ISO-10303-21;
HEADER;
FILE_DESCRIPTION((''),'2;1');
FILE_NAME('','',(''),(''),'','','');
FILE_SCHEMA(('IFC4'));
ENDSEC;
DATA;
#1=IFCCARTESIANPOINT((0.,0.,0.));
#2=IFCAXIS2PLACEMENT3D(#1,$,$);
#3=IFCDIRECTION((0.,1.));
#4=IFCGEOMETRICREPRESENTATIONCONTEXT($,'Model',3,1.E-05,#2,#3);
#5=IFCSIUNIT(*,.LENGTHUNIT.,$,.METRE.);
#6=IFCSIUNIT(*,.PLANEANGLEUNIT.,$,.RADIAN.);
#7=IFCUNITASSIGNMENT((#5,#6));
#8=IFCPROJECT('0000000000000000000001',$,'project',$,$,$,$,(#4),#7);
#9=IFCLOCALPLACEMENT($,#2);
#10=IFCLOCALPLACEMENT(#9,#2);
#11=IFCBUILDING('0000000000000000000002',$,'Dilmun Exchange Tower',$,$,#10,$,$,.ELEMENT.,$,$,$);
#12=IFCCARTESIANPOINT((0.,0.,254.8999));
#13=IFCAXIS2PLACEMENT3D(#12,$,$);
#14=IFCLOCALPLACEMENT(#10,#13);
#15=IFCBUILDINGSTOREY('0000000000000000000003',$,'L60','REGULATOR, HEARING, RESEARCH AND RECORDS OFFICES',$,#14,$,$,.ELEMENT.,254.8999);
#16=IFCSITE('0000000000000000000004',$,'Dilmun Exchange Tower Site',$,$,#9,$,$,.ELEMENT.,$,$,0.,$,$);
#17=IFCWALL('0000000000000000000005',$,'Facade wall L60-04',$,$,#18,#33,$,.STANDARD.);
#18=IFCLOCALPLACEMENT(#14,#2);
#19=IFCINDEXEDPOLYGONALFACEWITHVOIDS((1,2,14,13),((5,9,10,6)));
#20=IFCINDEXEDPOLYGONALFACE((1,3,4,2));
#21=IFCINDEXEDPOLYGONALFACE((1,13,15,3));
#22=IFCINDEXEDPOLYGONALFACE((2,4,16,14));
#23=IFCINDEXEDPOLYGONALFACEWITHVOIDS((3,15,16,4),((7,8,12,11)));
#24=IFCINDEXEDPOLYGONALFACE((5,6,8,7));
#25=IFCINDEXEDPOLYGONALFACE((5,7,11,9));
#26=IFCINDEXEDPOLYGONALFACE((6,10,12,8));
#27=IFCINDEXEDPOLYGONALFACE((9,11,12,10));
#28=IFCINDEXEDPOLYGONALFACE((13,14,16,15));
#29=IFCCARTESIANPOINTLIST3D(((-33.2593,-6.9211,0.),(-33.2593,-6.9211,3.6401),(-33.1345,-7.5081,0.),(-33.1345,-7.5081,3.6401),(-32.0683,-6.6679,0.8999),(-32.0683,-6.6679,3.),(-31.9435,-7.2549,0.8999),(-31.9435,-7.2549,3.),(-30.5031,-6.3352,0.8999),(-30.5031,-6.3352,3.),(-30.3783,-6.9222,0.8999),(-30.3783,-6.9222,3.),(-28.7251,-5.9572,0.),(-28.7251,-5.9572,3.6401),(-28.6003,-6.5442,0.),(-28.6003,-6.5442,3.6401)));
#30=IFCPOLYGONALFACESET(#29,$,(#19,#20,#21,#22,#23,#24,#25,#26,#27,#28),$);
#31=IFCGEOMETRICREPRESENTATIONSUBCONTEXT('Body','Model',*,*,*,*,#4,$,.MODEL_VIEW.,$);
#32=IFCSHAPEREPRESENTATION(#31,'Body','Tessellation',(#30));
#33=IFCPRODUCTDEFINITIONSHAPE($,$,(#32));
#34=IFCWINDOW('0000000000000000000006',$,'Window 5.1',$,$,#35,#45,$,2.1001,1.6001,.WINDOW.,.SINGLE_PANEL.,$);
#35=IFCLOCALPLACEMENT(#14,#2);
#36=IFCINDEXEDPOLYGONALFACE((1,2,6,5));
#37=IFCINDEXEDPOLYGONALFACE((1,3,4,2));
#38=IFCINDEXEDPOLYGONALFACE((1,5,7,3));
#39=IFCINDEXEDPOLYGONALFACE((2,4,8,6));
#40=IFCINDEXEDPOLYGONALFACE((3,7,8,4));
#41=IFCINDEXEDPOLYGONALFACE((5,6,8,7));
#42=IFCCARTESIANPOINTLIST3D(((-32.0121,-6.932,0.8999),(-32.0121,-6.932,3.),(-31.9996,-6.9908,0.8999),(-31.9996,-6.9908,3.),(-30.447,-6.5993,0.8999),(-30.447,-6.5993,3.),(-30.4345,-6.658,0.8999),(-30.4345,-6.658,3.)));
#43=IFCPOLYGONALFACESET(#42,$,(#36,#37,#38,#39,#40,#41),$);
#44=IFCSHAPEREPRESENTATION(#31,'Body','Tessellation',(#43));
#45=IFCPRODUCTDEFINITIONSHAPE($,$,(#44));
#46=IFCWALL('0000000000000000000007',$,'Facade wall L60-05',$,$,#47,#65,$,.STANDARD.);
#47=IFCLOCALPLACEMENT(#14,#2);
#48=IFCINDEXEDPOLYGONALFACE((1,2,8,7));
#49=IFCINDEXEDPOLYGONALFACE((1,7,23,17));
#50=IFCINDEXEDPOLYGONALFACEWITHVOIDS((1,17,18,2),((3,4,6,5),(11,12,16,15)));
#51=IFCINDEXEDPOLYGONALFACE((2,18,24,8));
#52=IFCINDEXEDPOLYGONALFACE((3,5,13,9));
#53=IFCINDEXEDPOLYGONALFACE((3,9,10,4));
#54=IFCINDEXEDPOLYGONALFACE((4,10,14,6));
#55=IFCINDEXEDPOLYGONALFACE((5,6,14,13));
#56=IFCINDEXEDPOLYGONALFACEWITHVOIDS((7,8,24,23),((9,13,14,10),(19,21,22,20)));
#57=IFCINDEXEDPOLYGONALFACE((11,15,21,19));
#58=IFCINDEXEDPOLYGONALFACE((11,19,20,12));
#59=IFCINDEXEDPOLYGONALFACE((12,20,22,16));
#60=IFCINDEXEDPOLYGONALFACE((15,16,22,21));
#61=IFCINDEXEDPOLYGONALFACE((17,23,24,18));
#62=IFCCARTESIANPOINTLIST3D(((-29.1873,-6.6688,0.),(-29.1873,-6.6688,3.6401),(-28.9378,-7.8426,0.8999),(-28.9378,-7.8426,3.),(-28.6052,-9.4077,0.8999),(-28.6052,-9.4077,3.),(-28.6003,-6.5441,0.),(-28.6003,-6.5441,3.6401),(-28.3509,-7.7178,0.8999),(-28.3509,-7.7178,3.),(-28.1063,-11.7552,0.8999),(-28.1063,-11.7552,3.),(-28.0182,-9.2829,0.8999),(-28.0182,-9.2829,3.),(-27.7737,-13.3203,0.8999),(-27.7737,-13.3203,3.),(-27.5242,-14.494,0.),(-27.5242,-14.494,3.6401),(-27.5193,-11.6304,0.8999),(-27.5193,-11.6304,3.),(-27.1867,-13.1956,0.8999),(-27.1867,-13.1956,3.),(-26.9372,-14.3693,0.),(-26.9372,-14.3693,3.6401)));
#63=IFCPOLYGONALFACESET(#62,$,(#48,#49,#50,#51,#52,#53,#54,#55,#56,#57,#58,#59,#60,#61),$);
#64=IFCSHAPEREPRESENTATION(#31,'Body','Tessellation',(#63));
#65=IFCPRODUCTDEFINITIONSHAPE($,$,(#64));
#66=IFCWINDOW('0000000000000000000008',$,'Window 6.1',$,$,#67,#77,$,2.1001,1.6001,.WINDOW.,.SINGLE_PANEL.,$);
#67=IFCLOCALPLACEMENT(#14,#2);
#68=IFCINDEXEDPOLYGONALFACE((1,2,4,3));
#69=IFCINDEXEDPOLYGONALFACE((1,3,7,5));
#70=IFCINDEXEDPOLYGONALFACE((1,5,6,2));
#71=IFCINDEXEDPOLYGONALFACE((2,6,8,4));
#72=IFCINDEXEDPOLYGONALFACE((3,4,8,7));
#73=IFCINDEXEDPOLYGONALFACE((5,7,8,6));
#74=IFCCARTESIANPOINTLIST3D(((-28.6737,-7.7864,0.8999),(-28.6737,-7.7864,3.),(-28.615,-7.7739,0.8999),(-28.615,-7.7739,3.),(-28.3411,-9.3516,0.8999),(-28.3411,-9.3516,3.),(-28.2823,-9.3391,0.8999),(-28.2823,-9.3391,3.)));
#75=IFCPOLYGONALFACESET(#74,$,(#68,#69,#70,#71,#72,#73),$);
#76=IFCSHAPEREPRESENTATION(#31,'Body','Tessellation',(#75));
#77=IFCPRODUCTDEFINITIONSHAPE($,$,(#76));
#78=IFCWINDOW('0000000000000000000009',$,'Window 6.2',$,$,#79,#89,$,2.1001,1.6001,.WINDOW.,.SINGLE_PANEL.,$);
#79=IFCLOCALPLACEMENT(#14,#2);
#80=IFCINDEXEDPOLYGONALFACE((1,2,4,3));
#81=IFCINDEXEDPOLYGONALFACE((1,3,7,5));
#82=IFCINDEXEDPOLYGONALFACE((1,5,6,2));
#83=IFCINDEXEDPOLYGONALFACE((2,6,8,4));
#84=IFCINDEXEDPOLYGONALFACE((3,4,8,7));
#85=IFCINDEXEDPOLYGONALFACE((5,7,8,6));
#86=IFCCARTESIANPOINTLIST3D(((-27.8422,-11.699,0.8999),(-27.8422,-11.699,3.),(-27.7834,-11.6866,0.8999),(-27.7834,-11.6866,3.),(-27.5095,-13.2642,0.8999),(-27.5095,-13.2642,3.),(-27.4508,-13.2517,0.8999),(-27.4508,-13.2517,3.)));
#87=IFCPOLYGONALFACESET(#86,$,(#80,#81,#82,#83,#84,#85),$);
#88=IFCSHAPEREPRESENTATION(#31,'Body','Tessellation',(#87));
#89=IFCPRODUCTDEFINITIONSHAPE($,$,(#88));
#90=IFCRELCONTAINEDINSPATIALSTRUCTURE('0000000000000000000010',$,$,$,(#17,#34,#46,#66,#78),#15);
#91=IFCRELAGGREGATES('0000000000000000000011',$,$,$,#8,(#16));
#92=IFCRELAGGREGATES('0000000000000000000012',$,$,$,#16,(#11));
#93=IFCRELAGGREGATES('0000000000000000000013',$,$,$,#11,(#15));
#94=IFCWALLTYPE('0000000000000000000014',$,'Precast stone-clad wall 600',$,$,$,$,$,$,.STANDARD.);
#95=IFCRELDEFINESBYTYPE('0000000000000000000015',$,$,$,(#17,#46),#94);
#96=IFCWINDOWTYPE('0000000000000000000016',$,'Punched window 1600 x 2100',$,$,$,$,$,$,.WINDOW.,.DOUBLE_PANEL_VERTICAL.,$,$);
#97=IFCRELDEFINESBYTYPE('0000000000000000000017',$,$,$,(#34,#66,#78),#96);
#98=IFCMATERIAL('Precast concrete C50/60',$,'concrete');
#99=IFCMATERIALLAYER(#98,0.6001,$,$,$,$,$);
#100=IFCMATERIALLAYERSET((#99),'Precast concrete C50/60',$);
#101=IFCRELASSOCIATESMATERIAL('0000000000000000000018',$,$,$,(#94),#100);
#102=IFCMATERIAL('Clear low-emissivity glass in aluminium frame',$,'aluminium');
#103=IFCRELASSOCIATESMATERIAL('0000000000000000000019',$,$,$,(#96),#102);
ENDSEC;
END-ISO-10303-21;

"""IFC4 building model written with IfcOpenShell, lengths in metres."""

from ifc_helpers import new_model, si_unit, direction, frame, frame_2d, origin, place, context, subcontext, project, spatial, rectangle, extrude, material, layer, layer_set, type_object, element, fill, save


model = new_model("IFC4")

# Units and contexts
model_context = context("Model", 3, precision=1e-05, world=origin(), true_north=direction((0.0, 1.0)))
body_context = subcontext(model_context, "Body", "Model", "MODEL_VIEW")
ifc_project = project(units=[si_unit("LENGTHUNIT", "METRE"), si_unit("PLANEANGLEUNIT", "RADIAN")], contexts=[model_context])

# Site, building, storey
site_placement = place(None, origin())
site = spatial("IfcSite", under=ifc_project, at=site_placement, Name="Dilmun Exchange Tower Site", CompositionType="ELEMENT", RefElevation=0.0)
building_placement = place(site_placement, origin())
building = spatial("IfcBuilding", under=site, at=building_placement, Name="Dilmun Exchange Tower", CompositionType="ELEMENT")
storey_placement = place(building_placement, frame((0.0, 0.0, 254.8999)))
storey = spatial("IfcBuildingStorey", under=building, at=storey_placement, Name="L60", Description="REGULATOR, HEARING, RESEARCH AND RECORDS OFFICES", CompositionType="ELEMENT", Elevation=254.8999)

# Wall, opening, window
ifc_material_1 = material(Name="Precast concrete C50/60", Category="concrete")
ifc_layer_1 = layer(ifc_material_1, 0.6001)
ifc_layer_set_1 = layer_set([ifc_layer_1], Name="Precast concrete C50/60")
wall_type_1 = type_object("IfcWallType", Name="Precast stone-clad wall 600", PredefinedType="STANDARD", material=ifc_layer_set_1)
wall_1_placement = place(storey_placement, frame((-33.197, -7.2146, 0.0), z_axis=(0.0, 0.0, 1.0), x_axis=(0.978143, 0.207932, 0.0)))
wall_1 = element("IfcWall", 1, at=wall_1_placement, inside=storey, type_object=wall_type_1, Name="Facade wall L60-04", PredefinedType="STANDARD", context=body_context, shape_type="SweptSolid", body=[
    extrude(rectangle(XDim=4.6355, YDim=0.6001, at=frame_2d((2.3179, 0.0))), origin(), (0.0, 0.0, 1.0), 3.6401),
])
opening_1_placement = place(wall_1_placement, frame((1.2178, 0.0, 0.8999)))
opening_1 = element("IfcOpeningElement", 2, at=opening_1_placement, cuts=wall_1, PredefinedType="OPENING", context=body_context, shape_type="SweptSolid", body=[
    extrude(rectangle(XDim=1.6001, YDim=2.1001, at=frame_2d((0.8, 1.05))), frame((0.0, 0.3101, 0.0), z_axis=(0.0, -1.0, 0.0), x_axis=(1.0, 0.0, 0.0)), (0.0, 0.0, 1.0), 0.6201),
])
ifc_material_2 = material(Name="Clear low-emissivity glass in aluminium frame", Category="aluminium")
window_type = type_object("IfcWindowType", Name="Punched window 1600 x 2100", PartitioningType="DOUBLE_PANEL_VERTICAL", PredefinedType="WINDOW", material=ifc_material_2)
window_1_placement = place(opening_1_placement, origin())
window_1 = element("IfcWindow", 3, at=window_1_placement, inside=storey, type_object=window_type, Name="Window 5.1", OverallHeight=2.1001, OverallWidth=1.6001, PartitioningType="SINGLE_PANEL", PredefinedType="WINDOW", context=body_context, shape_type="SweptSolid", body=[
    extrude(rectangle(XDim=1.6001, YDim=2.1001, at=frame_2d((0.8, 1.05))), frame((0.0, 0.03, 0.0), z_axis=(0.0, -1.0, 0.0), x_axis=(1.0, 0.0, 0.0)), (0.0, 0.0, 1.0), 0.0601),
])
fill(opening_1, window_1)

# Wall, openings, windows
wall_2_placement = place(storey_placement, frame((-28.8938, -6.6064, 0.0), z_axis=(0.0, 0.0, 1.0), x_axis=(0.207886, -0.978153, 0.0)))
wall_2 = element("IfcWall", 4, at=wall_2_placement, inside=storey, type_object=wall_type_1, Name="Facade wall L60-05", PredefinedType="STANDARD", context=body_context, shape_type="SweptSolid", body=[
    extrude(rectangle(XDim=8.0, YDim=0.6001, at=frame_2d((4.0, 0.0))), origin(), (0.0, 0.0, 1.0), 3.6401),
])
opening_2_placement = place(wall_2_placement, frame((1.2, 0.0, 0.8999)))
opening_2 = element("IfcOpeningElement", 5, at=opening_2_placement, cuts=wall_2, PredefinedType="OPENING", context=body_context, shape_type="SweptSolid", body=[
    extrude(rectangle(XDim=1.6001, YDim=2.1001, at=frame_2d((0.8, 1.05))), frame((0.0, 0.3101, 0.0), z_axis=(0.0, -1.0, 0.0), x_axis=(1.0, 0.0, 0.0)), (0.0, 0.0, 1.0), 0.6201),
])
opening_3_placement = place(wall_2_placement, frame((5.2, 0.0, 0.8999)))
opening_3 = element("IfcOpeningElement", 6, at=opening_3_placement, cuts=wall_2, PredefinedType="OPENING", context=body_context, shape_type="SweptSolid", body=[
    extrude(rectangle(XDim=1.6001, YDim=2.1001, at=frame_2d((0.8, 1.05))), frame((0.0, 0.3101, 0.0), z_axis=(0.0, -1.0, 0.0), x_axis=(1.0, 0.0, 0.0)), (0.0, 0.0, 1.0), 0.6201),
])
window_2_placement = place(opening_2_placement, origin())
window_2 = element("IfcWindow", 7, at=window_2_placement, inside=storey, type_object=window_type, Name="Window 6.1", OverallHeight=2.1001, OverallWidth=1.6001, PartitioningType="SINGLE_PANEL", PredefinedType="WINDOW", context=body_context, shape_type="SweptSolid", body=[
    extrude(rectangle(XDim=1.6001, YDim=2.1001, at=frame_2d((0.8, 1.05))), frame((0.0, 0.03, 0.0), z_axis=(0.0, -1.0, 0.0), x_axis=(1.0, 0.0, 0.0)), (0.0, 0.0, 1.0), 0.0601),
])
fill(opening_2, window_2)
window_3_placement = place(opening_3_placement, origin())
window_3 = element("IfcWindow", 8, at=window_3_placement, inside=storey, type_object=window_type, Name="Window 6.2", OverallHeight=2.1001, OverallWidth=1.6001, PartitioningType="SINGLE_PANEL", PredefinedType="WINDOW", context=body_context, shape_type="SweptSolid", body=[
    extrude(rectangle(XDim=1.6001, YDim=2.1001, at=frame_2d((0.8, 1.05))), frame((0.0, 0.03, 0.0), z_axis=(0.0, -1.0, 0.0), x_axis=(1.0, 0.0, 0.0)), (0.0, 0.0, 1.0), 0.0601),
])
fill(opening_3, window_3)

save(model, "model.ifc")
